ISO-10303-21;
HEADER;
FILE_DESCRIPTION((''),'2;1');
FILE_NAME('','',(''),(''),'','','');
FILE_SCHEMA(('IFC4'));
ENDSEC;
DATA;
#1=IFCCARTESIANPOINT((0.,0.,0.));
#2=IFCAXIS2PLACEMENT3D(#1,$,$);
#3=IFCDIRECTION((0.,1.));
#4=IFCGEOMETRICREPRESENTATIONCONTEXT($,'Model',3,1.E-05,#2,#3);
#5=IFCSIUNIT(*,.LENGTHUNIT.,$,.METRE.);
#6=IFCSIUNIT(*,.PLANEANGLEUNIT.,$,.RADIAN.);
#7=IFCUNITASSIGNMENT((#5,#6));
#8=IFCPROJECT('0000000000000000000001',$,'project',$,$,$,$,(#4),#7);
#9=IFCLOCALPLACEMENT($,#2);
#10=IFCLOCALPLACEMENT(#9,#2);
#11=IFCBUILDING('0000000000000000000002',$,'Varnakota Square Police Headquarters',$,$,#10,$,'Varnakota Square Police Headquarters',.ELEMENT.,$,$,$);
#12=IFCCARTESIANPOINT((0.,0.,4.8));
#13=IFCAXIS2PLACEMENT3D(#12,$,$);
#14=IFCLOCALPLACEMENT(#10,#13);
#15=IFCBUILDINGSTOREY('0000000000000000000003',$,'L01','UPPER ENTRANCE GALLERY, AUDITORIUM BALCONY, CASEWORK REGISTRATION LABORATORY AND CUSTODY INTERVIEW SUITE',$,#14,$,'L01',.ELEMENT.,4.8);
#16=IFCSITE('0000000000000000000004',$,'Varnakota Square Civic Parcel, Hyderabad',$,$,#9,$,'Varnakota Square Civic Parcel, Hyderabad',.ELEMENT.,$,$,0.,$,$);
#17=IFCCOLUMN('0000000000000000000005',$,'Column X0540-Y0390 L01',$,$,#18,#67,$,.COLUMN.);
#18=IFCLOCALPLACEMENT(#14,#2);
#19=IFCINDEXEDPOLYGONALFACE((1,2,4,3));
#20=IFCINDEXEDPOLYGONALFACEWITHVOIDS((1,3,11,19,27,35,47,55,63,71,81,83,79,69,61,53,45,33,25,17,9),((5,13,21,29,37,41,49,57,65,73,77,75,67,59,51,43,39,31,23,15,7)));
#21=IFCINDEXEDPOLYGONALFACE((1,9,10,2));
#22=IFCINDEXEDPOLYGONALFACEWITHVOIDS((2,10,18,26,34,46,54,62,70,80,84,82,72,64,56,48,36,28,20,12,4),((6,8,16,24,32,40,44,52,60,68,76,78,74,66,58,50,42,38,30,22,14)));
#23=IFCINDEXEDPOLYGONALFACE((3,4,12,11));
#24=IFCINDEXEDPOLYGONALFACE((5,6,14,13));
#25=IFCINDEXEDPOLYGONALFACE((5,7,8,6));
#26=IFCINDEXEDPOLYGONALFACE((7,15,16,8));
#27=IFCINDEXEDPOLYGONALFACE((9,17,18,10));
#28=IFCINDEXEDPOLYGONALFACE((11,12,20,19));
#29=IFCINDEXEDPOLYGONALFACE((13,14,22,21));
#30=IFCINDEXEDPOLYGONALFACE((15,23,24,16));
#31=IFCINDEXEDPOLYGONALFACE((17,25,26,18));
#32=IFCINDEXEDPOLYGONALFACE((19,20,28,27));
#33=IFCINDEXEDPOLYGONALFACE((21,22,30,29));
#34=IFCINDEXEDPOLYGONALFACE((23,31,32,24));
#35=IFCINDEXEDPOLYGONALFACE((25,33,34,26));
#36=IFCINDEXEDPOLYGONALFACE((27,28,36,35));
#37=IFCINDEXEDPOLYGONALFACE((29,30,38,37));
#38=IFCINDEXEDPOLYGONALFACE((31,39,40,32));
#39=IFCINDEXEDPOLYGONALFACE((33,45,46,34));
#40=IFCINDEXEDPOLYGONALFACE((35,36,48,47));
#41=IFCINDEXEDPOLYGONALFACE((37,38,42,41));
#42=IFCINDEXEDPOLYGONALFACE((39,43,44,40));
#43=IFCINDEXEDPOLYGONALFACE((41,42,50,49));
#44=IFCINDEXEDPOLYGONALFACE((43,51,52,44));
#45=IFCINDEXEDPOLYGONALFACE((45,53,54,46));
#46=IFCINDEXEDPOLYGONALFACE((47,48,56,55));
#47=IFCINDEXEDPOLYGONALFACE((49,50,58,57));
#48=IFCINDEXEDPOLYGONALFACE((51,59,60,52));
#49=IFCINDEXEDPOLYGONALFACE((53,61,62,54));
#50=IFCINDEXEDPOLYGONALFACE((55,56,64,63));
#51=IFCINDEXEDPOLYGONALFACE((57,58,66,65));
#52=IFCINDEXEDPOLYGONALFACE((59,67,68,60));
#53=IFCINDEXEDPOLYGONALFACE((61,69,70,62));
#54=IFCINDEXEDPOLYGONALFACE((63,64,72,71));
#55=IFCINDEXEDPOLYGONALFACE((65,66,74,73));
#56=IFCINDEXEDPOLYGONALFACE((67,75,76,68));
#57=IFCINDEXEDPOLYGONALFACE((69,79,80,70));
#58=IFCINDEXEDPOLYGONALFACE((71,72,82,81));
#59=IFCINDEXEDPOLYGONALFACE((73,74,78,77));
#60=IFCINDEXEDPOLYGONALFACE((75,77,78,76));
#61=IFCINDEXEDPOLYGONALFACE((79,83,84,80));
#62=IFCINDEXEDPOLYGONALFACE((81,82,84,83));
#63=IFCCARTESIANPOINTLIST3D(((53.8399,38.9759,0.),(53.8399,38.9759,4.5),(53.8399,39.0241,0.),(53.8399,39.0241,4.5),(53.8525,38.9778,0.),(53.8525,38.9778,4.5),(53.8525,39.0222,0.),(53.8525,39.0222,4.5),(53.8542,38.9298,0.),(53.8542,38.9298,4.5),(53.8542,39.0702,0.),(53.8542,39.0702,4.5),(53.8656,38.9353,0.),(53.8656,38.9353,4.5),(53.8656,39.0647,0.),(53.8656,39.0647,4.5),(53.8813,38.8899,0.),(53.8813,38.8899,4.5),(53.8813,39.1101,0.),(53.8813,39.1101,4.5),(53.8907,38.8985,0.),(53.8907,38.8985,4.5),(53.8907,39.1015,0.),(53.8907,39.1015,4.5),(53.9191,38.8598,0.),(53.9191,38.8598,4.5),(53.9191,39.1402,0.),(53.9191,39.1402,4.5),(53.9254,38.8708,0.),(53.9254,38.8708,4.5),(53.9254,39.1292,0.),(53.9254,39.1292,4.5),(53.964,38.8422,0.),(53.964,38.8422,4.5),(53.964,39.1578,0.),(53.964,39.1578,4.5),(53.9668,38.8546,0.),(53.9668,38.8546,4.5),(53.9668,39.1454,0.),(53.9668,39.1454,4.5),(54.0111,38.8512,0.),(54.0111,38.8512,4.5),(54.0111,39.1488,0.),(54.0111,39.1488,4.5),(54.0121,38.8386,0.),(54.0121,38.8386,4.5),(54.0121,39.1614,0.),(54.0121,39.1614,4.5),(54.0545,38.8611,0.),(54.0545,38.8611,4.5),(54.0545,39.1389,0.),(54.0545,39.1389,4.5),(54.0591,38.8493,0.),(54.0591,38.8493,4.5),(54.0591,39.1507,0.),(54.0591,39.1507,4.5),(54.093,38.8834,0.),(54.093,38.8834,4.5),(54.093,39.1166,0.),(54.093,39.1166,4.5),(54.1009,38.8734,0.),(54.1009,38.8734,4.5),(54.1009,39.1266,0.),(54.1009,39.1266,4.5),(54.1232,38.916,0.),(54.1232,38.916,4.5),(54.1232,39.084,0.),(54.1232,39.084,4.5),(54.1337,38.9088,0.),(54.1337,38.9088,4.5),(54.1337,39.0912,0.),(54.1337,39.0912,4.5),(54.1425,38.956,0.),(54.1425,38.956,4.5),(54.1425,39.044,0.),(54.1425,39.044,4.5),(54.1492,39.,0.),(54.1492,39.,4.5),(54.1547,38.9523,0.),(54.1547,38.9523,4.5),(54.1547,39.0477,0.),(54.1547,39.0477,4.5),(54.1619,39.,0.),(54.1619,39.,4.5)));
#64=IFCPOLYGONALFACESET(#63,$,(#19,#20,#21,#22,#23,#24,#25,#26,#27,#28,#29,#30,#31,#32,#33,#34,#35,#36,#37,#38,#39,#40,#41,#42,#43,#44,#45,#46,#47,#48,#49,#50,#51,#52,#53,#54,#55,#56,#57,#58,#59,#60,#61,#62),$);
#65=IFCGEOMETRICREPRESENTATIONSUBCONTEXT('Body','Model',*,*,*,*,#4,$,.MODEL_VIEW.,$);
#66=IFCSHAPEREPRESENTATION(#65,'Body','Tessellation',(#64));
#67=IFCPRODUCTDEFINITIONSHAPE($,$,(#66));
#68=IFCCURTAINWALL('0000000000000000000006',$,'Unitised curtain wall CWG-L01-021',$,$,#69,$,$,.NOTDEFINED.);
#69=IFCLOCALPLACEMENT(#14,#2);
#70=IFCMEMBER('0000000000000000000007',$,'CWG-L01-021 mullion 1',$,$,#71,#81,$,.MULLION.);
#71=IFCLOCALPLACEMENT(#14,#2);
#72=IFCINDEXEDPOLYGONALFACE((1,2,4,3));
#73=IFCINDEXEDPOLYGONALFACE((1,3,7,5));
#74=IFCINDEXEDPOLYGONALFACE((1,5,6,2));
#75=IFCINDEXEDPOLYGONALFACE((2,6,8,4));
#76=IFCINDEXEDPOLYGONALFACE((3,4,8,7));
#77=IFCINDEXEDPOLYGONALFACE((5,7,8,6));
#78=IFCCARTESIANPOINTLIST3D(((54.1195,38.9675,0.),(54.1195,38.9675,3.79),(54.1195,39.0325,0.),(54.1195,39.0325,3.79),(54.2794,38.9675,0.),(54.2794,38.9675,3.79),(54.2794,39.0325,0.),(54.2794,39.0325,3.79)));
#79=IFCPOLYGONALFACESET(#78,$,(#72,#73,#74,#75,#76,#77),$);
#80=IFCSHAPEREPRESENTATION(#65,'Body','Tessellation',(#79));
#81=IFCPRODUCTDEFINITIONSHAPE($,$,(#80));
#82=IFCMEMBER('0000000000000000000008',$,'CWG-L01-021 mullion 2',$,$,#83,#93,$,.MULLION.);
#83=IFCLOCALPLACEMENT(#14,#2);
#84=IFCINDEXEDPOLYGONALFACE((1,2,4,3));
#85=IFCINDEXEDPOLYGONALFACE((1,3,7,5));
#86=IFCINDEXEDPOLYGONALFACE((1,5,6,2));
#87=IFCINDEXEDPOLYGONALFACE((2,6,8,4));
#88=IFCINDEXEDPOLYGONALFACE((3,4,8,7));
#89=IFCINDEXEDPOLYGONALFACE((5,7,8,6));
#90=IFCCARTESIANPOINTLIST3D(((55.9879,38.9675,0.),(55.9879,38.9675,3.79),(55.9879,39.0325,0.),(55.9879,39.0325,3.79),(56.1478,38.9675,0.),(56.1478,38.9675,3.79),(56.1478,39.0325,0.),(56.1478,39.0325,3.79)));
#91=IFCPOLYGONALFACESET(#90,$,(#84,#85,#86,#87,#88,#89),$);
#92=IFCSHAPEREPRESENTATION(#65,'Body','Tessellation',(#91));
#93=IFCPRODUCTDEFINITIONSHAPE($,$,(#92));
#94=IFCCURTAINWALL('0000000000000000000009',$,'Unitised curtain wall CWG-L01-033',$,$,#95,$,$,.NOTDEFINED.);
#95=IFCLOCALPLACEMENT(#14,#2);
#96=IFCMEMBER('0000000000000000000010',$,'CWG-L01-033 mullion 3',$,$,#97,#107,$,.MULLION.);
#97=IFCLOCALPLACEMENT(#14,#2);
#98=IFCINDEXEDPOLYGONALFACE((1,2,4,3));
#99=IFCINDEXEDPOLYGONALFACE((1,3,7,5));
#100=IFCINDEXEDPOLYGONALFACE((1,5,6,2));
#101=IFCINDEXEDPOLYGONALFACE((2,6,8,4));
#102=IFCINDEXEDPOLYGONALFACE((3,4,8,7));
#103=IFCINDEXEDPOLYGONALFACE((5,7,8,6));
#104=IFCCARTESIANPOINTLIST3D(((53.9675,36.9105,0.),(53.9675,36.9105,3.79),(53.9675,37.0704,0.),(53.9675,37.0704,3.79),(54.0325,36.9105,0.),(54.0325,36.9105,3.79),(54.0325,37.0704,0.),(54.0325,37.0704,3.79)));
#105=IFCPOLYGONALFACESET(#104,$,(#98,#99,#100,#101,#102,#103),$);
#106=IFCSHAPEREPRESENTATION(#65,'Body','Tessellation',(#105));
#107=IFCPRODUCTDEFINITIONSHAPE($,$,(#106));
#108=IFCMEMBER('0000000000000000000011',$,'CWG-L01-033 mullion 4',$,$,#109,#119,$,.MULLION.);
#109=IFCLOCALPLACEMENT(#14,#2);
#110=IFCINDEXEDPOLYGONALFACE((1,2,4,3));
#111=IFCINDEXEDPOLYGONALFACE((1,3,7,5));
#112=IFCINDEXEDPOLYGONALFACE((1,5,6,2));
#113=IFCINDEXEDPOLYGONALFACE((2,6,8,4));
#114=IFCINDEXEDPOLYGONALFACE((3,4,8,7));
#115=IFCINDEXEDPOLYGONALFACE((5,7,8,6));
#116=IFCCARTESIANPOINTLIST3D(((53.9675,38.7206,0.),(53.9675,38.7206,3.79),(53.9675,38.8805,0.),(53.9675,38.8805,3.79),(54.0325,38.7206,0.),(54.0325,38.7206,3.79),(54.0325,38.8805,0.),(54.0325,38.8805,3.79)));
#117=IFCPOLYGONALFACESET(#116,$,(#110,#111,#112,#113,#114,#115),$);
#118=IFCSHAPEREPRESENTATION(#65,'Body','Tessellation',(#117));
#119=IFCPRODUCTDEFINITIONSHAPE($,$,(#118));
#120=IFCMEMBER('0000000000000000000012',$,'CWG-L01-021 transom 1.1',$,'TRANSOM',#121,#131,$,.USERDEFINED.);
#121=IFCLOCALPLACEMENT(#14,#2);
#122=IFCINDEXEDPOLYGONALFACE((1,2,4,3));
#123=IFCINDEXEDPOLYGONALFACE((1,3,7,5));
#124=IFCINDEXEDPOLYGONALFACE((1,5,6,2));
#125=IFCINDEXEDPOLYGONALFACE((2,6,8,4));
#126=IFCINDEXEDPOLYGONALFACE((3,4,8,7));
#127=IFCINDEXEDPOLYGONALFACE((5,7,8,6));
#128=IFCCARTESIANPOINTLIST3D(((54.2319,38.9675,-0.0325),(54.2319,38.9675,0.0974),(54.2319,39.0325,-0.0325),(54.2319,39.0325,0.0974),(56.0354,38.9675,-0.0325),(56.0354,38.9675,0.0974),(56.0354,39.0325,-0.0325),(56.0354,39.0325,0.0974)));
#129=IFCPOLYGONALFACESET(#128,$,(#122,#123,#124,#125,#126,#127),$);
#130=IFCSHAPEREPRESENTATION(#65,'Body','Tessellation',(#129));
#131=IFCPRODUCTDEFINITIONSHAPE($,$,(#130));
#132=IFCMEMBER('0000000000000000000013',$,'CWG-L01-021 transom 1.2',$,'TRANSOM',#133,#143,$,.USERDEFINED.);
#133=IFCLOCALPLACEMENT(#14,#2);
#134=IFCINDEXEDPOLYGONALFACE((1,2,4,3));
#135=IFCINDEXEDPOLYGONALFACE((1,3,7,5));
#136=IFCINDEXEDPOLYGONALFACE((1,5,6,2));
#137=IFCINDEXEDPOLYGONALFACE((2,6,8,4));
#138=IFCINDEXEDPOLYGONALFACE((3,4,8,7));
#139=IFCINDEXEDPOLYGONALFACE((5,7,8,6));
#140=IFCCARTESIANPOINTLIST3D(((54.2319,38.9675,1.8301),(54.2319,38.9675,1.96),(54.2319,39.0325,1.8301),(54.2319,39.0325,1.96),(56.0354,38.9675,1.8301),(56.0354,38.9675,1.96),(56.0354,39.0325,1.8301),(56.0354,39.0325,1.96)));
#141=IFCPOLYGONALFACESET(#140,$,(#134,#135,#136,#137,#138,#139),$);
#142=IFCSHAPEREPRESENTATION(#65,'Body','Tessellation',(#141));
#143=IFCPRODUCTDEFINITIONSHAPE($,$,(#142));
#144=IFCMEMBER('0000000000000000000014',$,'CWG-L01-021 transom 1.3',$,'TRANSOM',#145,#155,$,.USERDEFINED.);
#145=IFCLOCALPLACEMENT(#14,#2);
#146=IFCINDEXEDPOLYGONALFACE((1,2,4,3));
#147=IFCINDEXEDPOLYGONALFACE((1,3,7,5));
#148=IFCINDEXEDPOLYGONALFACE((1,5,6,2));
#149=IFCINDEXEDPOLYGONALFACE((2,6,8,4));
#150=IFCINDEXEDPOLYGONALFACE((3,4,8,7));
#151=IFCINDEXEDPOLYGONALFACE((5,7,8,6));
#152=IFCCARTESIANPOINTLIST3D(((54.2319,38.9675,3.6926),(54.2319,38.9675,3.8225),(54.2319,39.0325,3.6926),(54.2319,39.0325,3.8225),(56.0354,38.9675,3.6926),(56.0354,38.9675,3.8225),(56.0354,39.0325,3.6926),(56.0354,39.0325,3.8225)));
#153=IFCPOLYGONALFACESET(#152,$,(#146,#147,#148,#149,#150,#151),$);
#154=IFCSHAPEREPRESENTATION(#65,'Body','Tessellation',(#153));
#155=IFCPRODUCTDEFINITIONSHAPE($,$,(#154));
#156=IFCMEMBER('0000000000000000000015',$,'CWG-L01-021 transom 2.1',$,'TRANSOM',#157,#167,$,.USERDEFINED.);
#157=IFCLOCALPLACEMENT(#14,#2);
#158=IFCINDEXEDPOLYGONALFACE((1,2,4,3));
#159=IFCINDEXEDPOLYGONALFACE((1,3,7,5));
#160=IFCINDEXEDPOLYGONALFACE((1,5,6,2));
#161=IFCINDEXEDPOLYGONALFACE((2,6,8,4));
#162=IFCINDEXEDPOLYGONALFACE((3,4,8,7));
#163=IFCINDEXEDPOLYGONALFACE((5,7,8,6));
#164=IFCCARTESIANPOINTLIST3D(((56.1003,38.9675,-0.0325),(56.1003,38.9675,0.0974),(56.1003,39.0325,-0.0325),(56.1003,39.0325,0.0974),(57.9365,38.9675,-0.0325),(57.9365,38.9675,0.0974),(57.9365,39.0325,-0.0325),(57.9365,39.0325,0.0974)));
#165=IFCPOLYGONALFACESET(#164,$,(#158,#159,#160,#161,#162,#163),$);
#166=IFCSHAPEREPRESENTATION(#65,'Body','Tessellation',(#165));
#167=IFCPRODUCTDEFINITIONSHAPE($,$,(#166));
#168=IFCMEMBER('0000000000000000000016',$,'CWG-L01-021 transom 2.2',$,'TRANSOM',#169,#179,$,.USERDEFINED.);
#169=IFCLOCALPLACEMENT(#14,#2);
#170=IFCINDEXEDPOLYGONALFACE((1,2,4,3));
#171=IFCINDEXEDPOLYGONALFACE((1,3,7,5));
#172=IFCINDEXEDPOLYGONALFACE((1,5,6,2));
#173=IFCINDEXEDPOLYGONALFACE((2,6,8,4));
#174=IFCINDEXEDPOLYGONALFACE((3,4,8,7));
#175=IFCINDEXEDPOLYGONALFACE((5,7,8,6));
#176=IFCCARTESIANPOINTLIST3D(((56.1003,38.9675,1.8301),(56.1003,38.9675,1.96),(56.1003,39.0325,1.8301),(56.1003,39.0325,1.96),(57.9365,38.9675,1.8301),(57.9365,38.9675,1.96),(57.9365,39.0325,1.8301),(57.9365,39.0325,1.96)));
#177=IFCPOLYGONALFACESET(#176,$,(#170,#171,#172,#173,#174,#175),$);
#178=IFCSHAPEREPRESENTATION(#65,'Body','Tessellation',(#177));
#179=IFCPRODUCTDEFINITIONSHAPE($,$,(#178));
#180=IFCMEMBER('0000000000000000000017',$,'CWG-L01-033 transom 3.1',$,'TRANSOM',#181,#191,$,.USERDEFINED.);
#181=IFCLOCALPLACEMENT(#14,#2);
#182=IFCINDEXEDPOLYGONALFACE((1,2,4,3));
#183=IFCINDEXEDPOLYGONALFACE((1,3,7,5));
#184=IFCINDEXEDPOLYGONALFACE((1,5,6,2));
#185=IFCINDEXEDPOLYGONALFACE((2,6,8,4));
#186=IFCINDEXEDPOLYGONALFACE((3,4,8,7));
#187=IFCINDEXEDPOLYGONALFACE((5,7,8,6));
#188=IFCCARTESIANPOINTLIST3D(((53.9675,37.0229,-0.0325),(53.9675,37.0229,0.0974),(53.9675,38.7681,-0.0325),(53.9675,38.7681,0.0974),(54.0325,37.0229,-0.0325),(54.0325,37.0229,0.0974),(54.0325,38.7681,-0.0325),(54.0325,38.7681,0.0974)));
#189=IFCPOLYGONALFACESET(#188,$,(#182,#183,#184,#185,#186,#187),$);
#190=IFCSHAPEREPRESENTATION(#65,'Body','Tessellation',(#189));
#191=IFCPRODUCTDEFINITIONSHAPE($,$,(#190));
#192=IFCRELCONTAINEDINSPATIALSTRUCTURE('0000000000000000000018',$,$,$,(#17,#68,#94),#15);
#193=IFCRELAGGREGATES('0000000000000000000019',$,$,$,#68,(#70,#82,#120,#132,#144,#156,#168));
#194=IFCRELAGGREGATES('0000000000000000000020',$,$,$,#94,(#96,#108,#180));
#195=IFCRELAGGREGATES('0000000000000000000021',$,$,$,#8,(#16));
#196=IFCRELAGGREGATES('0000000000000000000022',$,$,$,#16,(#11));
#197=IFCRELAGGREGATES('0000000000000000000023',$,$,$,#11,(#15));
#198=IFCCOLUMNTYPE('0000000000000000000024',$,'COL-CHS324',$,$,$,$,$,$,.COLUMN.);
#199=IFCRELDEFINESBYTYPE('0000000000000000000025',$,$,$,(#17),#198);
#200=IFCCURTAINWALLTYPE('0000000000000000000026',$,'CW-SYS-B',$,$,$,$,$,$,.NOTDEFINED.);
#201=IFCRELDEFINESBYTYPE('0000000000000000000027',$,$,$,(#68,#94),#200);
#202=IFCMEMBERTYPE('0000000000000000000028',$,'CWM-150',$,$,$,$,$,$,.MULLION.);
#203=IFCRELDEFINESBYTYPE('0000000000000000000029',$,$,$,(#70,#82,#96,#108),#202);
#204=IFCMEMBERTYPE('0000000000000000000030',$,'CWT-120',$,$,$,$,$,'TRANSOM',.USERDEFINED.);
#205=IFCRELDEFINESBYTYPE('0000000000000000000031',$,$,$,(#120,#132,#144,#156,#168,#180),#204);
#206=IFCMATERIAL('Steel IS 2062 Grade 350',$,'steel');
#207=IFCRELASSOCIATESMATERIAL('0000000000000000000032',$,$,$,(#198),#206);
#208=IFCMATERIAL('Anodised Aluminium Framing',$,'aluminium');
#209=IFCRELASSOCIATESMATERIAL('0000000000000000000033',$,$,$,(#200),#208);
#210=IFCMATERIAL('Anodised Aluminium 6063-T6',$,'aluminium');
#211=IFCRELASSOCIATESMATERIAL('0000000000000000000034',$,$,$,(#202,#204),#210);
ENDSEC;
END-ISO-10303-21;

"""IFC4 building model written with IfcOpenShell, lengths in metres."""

from ifc_helpers import new_model, si_unit, direction, frame, origin, origin_2d, place, context, subcontext, project, spatial, rectangle, hollow_circle, extrude, material, material_profile, profile_set, type_object, element, aggregate, save


model = new_model("IFC4")

# Units and contexts
model_context = context("Model", 3, precision=1e-05, world=origin(), true_north=direction((0.0, 1.0)))
body_context = subcontext(model_context, "Body", "Model", "MODEL_VIEW")
ifc_project = project(units=[si_unit("LENGTHUNIT", "METRE"), si_unit("PLANEANGLEUNIT", "RADIAN")], contexts=[model_context])

# Site, building, storey
site_placement = place(None, origin())
site = spatial("IfcSite", under=ifc_project, at=site_placement, Name="Varnakota Square Civic Parcel, Hyderabad", LongName="Varnakota Square Civic Parcel, Hyderabad", CompositionType="ELEMENT", RefElevation=0.0)
building_placement = place(site_placement, origin())
building = spatial("IfcBuilding", under=site, at=building_placement, Name="Varnakota Square Police Headquarters", LongName="Varnakota Square Police Headquarters", CompositionType="ELEMENT")
storey_placement = place(building_placement, frame((0.0, 0.0, 4.8)))
storey = spatial("IfcBuildingStorey", under=building, at=storey_placement, Name="L01", Description="UPPER ENTRANCE GALLERY, AUDITORIUM BALCONY, CASEWORK REGISTRATION LABORATORY AND CUSTODY INTERVIEW SUITE", LongName="L01", CompositionType="ELEMENT", Elevation=4.8)

# Column
ifc_material_1 = material(Name="Steel IS 2062 Grade 350", Category="steel")
ifc_material_profile_1 = material_profile(ifc_material_1, hollow_circle(Radius=0.1619, WallThickness=0.0127, at=origin_2d()), Name="CHS 323.9x12.7")
ifc_profile_set_1 = profile_set([ifc_material_profile_1], Name="Steel IS 2062 Grade 350")
column_type = type_object("IfcColumnType", Name="COL-CHS324", PredefinedType="COLUMN", material=ifc_profile_set_1)
column_placement = place(storey_placement, frame((54.0, 39.0, 0.0), z_axis=(0.0, 0.0, 1.0), x_axis=(1.0, 0.0, 0.0)))
element("IfcColumn", 1, at=column_placement, inside=storey, type_object=column_type, Name="Column X0540-Y0390 L01", PredefinedType="COLUMN", context=body_context, shape_type="SweptSolid", body=[
    extrude(hollow_circle(Radius=0.1619, WallThickness=0.0127, at=origin_2d()), origin(), (0.0, 0.0, 1.0), 4.5),
])

# Curtain walls, members
ifc_material_2 = material(Name="Anodised Aluminium Framing", Category="aluminium")
curtain_wall_type = type_object("IfcCurtainWallType", Name="CW-SYS-B", PredefinedType="NOTDEFINED", material=ifc_material_2)
curtain_wall_1_placement = place(storey_placement, origin())
curtain_wall_1 = element("IfcCurtainWall", 2, at=curtain_wall_1_placement, inside=storey, type_object=curtain_wall_type, Name="Unitised curtain wall CWG-L01-021", PredefinedType="NOTDEFINED")
ifc_material_3 = material(Name="Anodised Aluminium 6063-T6", Category="aluminium")
ifc_material_profile_2 = material_profile(ifc_material_3, rectangle(XDim=0.0649, YDim=0.1599, at=origin_2d()), Name="ALU MULLION 65x160")
ifc_profile_set_2 = profile_set([ifc_material_profile_2], Name="Anodised Aluminium 6063-T6")
member_type_1 = type_object("IfcMemberType", Name="CWM-150", PredefinedType="MULLION", material=ifc_profile_set_2)
member_1_placement = place(storey_placement, frame((54.1995, 39.0, 0.0), z_axis=(0.0, 0.0, 1.0), x_axis=(0.0, 1.0, 0.0)))
member_1 = element("IfcMember", 3, at=member_1_placement, type_object=member_type_1, Name="CWG-L01-021 mullion 1", PredefinedType="MULLION", context=body_context, shape_type="SweptSolid", body=[
    extrude(rectangle(XDim=0.0649, YDim=0.1599, at=origin_2d()), origin(), (0.0, 0.0, 1.0), 3.79),
])
member_2_placement = place(storey_placement, frame((56.0679, 39.0, 0.0), z_axis=(0.0, 0.0, 1.0), x_axis=(0.0, 1.0, 0.0)))
member_2 = element("IfcMember", 4, at=member_2_placement, type_object=member_type_1, Name="CWG-L01-021 mullion 2", PredefinedType="MULLION", context=body_context, shape_type="SweptSolid", body=[
    extrude(rectangle(XDim=0.0649, YDim=0.1599, at=origin_2d()), origin(), (0.0, 0.0, 1.0), 3.79),
])
curtain_wall_2_placement = place(storey_placement, origin())
curtain_wall_2 = element("IfcCurtainWall", 5, at=curtain_wall_2_placement, inside=storey, type_object=curtain_wall_type, Name="Unitised curtain wall CWG-L01-033", PredefinedType="NOTDEFINED")
member_3_placement = place(storey_placement, frame((54.0, 36.9905, 0.0), z_axis=(0.0, 0.0, 1.0), x_axis=(-1.0, 0.0, 0.0)))
member_3 = element("IfcMember", 6, at=member_3_placement, type_object=member_type_1, Name="CWG-L01-033 mullion 3", PredefinedType="MULLION", context=body_context, shape_type="SweptSolid", body=[
    extrude(rectangle(XDim=0.0649, YDim=0.1599, at=origin_2d()), origin(), (0.0, 0.0, 1.0), 3.79),
])
member_4_placement = place(storey_placement, frame((54.0, 38.8005, 0.0), z_axis=(0.0, 0.0, 1.0), x_axis=(-1.0, 0.0, 0.0)))
member_4 = element("IfcMember", 7, at=member_4_placement, type_object=member_type_1, Name="CWG-L01-033 mullion 4", PredefinedType="MULLION", context=body_context, shape_type="SweptSolid", body=[
    extrude(rectangle(XDim=0.0649, YDim=0.1599, at=origin_2d()), origin(), (0.0, 0.0, 1.0), 3.79),
])

# Members
ifc_material_profile_3 = material_profile(ifc_material_3, rectangle(XDim=0.0649, YDim=0.1299, at=origin_2d()), Name="ALU TRANSOM 65x130")
ifc_profile_set_3 = profile_set([ifc_material_profile_3], Name="Anodised Aluminium 6063-T6")
member_type_2 = type_object("IfcMemberType", Name="CWT-120", ElementType="TRANSOM", PredefinedType="USERDEFINED", material=ifc_profile_set_3)
member_5_placement = place(storey_placement, frame((54.2319, 39.0, 0.0325), z_axis=(1.0, 0.0, 0.0), x_axis=(0.0, 1.0, 0.0)))
member_5 = element("IfcMember", 8, at=member_5_placement, type_object=member_type_2, Name="CWG-L01-021 transom 1.1", ObjectType="TRANSOM", PredefinedType="USERDEFINED", context=body_context, shape_type="SweptSolid", body=[
    extrude(rectangle(XDim=0.0649, YDim=0.1299, at=origin_2d()), origin(), (0.0, 0.0, 1.0), 1.8035),
])
member_6_placement = place(storey_placement, frame((54.2319, 39.0, 1.895), z_axis=(1.0, 0.0, 0.0), x_axis=(0.0, 1.0, 0.0)))
member_6 = element("IfcMember", 9, at=member_6_placement, type_object=member_type_2, Name="CWG-L01-021 transom 1.2", ObjectType="TRANSOM", PredefinedType="USERDEFINED", context=body_context, shape_type="SweptSolid", body=[
    extrude(rectangle(XDim=0.0649, YDim=0.1299, at=origin_2d()), origin(), (0.0, 0.0, 1.0), 1.8035),
])
member_7_placement = place(storey_placement, frame((54.2319, 39.0, 3.7576), z_axis=(1.0, 0.0, 0.0), x_axis=(0.0, 1.0, 0.0)))
member_7 = element("IfcMember", 10, at=member_7_placement, type_object=member_type_2, Name="CWG-L01-021 transom 1.3", ObjectType="TRANSOM", PredefinedType="USERDEFINED", context=body_context, shape_type="SweptSolid", body=[
    extrude(rectangle(XDim=0.0649, YDim=0.1299, at=origin_2d()), origin(), (0.0, 0.0, 1.0), 1.8035),
])
member_8_placement = place(storey_placement, frame((56.1003, 39.0, 0.0325), z_axis=(1.0, 0.0, 0.0), x_axis=(0.0, 1.0, 0.0)))
member_8 = element("IfcMember", 11, at=member_8_placement, type_object=member_type_2, Name="CWG-L01-021 transom 2.1", ObjectType="TRANSOM", PredefinedType="USERDEFINED", context=body_context, shape_type="SweptSolid", body=[
    extrude(rectangle(XDim=0.0649, YDim=0.1299, at=origin_2d()), origin(), (0.0, 0.0, 1.0), 1.8362),
])
member_9_placement = place(storey_placement, frame((56.1003, 39.0, 1.895), z_axis=(1.0, 0.0, 0.0), x_axis=(0.0, 1.0, 0.0)))
member_9 = element("IfcMember", 12, at=member_9_placement, type_object=member_type_2, Name="CWG-L01-021 transom 2.2", ObjectType="TRANSOM", PredefinedType="USERDEFINED", context=body_context, shape_type="SweptSolid", body=[
    extrude(rectangle(XDim=0.0649, YDim=0.1299, at=origin_2d()), origin(), (0.0, 0.0, 1.0), 1.8362),
])
member_10_placement = place(storey_placement, frame((54.0, 37.0229, 0.0325), z_axis=(0.0, 1.0, 0.0), x_axis=(-1.0, 0.0, 0.0)))
member_10 = element("IfcMember", 13, at=member_10_placement, type_object=member_type_2, Name="CWG-L01-033 transom 3.1", ObjectType="TRANSOM", PredefinedType="USERDEFINED", context=body_context, shape_type="SweptSolid", body=[
    extrude(rectangle(XDim=0.0649, YDim=0.1299, at=origin_2d()), origin(), (0.0, 0.0, 1.0), 1.7451),
])

aggregate(curtain_wall_1, [member_1, member_2, member_5, member_6, member_7, member_8, member_9])
aggregate(curtain_wall_2, [member_3, member_4, member_10])

save(model, "model.ifc")
